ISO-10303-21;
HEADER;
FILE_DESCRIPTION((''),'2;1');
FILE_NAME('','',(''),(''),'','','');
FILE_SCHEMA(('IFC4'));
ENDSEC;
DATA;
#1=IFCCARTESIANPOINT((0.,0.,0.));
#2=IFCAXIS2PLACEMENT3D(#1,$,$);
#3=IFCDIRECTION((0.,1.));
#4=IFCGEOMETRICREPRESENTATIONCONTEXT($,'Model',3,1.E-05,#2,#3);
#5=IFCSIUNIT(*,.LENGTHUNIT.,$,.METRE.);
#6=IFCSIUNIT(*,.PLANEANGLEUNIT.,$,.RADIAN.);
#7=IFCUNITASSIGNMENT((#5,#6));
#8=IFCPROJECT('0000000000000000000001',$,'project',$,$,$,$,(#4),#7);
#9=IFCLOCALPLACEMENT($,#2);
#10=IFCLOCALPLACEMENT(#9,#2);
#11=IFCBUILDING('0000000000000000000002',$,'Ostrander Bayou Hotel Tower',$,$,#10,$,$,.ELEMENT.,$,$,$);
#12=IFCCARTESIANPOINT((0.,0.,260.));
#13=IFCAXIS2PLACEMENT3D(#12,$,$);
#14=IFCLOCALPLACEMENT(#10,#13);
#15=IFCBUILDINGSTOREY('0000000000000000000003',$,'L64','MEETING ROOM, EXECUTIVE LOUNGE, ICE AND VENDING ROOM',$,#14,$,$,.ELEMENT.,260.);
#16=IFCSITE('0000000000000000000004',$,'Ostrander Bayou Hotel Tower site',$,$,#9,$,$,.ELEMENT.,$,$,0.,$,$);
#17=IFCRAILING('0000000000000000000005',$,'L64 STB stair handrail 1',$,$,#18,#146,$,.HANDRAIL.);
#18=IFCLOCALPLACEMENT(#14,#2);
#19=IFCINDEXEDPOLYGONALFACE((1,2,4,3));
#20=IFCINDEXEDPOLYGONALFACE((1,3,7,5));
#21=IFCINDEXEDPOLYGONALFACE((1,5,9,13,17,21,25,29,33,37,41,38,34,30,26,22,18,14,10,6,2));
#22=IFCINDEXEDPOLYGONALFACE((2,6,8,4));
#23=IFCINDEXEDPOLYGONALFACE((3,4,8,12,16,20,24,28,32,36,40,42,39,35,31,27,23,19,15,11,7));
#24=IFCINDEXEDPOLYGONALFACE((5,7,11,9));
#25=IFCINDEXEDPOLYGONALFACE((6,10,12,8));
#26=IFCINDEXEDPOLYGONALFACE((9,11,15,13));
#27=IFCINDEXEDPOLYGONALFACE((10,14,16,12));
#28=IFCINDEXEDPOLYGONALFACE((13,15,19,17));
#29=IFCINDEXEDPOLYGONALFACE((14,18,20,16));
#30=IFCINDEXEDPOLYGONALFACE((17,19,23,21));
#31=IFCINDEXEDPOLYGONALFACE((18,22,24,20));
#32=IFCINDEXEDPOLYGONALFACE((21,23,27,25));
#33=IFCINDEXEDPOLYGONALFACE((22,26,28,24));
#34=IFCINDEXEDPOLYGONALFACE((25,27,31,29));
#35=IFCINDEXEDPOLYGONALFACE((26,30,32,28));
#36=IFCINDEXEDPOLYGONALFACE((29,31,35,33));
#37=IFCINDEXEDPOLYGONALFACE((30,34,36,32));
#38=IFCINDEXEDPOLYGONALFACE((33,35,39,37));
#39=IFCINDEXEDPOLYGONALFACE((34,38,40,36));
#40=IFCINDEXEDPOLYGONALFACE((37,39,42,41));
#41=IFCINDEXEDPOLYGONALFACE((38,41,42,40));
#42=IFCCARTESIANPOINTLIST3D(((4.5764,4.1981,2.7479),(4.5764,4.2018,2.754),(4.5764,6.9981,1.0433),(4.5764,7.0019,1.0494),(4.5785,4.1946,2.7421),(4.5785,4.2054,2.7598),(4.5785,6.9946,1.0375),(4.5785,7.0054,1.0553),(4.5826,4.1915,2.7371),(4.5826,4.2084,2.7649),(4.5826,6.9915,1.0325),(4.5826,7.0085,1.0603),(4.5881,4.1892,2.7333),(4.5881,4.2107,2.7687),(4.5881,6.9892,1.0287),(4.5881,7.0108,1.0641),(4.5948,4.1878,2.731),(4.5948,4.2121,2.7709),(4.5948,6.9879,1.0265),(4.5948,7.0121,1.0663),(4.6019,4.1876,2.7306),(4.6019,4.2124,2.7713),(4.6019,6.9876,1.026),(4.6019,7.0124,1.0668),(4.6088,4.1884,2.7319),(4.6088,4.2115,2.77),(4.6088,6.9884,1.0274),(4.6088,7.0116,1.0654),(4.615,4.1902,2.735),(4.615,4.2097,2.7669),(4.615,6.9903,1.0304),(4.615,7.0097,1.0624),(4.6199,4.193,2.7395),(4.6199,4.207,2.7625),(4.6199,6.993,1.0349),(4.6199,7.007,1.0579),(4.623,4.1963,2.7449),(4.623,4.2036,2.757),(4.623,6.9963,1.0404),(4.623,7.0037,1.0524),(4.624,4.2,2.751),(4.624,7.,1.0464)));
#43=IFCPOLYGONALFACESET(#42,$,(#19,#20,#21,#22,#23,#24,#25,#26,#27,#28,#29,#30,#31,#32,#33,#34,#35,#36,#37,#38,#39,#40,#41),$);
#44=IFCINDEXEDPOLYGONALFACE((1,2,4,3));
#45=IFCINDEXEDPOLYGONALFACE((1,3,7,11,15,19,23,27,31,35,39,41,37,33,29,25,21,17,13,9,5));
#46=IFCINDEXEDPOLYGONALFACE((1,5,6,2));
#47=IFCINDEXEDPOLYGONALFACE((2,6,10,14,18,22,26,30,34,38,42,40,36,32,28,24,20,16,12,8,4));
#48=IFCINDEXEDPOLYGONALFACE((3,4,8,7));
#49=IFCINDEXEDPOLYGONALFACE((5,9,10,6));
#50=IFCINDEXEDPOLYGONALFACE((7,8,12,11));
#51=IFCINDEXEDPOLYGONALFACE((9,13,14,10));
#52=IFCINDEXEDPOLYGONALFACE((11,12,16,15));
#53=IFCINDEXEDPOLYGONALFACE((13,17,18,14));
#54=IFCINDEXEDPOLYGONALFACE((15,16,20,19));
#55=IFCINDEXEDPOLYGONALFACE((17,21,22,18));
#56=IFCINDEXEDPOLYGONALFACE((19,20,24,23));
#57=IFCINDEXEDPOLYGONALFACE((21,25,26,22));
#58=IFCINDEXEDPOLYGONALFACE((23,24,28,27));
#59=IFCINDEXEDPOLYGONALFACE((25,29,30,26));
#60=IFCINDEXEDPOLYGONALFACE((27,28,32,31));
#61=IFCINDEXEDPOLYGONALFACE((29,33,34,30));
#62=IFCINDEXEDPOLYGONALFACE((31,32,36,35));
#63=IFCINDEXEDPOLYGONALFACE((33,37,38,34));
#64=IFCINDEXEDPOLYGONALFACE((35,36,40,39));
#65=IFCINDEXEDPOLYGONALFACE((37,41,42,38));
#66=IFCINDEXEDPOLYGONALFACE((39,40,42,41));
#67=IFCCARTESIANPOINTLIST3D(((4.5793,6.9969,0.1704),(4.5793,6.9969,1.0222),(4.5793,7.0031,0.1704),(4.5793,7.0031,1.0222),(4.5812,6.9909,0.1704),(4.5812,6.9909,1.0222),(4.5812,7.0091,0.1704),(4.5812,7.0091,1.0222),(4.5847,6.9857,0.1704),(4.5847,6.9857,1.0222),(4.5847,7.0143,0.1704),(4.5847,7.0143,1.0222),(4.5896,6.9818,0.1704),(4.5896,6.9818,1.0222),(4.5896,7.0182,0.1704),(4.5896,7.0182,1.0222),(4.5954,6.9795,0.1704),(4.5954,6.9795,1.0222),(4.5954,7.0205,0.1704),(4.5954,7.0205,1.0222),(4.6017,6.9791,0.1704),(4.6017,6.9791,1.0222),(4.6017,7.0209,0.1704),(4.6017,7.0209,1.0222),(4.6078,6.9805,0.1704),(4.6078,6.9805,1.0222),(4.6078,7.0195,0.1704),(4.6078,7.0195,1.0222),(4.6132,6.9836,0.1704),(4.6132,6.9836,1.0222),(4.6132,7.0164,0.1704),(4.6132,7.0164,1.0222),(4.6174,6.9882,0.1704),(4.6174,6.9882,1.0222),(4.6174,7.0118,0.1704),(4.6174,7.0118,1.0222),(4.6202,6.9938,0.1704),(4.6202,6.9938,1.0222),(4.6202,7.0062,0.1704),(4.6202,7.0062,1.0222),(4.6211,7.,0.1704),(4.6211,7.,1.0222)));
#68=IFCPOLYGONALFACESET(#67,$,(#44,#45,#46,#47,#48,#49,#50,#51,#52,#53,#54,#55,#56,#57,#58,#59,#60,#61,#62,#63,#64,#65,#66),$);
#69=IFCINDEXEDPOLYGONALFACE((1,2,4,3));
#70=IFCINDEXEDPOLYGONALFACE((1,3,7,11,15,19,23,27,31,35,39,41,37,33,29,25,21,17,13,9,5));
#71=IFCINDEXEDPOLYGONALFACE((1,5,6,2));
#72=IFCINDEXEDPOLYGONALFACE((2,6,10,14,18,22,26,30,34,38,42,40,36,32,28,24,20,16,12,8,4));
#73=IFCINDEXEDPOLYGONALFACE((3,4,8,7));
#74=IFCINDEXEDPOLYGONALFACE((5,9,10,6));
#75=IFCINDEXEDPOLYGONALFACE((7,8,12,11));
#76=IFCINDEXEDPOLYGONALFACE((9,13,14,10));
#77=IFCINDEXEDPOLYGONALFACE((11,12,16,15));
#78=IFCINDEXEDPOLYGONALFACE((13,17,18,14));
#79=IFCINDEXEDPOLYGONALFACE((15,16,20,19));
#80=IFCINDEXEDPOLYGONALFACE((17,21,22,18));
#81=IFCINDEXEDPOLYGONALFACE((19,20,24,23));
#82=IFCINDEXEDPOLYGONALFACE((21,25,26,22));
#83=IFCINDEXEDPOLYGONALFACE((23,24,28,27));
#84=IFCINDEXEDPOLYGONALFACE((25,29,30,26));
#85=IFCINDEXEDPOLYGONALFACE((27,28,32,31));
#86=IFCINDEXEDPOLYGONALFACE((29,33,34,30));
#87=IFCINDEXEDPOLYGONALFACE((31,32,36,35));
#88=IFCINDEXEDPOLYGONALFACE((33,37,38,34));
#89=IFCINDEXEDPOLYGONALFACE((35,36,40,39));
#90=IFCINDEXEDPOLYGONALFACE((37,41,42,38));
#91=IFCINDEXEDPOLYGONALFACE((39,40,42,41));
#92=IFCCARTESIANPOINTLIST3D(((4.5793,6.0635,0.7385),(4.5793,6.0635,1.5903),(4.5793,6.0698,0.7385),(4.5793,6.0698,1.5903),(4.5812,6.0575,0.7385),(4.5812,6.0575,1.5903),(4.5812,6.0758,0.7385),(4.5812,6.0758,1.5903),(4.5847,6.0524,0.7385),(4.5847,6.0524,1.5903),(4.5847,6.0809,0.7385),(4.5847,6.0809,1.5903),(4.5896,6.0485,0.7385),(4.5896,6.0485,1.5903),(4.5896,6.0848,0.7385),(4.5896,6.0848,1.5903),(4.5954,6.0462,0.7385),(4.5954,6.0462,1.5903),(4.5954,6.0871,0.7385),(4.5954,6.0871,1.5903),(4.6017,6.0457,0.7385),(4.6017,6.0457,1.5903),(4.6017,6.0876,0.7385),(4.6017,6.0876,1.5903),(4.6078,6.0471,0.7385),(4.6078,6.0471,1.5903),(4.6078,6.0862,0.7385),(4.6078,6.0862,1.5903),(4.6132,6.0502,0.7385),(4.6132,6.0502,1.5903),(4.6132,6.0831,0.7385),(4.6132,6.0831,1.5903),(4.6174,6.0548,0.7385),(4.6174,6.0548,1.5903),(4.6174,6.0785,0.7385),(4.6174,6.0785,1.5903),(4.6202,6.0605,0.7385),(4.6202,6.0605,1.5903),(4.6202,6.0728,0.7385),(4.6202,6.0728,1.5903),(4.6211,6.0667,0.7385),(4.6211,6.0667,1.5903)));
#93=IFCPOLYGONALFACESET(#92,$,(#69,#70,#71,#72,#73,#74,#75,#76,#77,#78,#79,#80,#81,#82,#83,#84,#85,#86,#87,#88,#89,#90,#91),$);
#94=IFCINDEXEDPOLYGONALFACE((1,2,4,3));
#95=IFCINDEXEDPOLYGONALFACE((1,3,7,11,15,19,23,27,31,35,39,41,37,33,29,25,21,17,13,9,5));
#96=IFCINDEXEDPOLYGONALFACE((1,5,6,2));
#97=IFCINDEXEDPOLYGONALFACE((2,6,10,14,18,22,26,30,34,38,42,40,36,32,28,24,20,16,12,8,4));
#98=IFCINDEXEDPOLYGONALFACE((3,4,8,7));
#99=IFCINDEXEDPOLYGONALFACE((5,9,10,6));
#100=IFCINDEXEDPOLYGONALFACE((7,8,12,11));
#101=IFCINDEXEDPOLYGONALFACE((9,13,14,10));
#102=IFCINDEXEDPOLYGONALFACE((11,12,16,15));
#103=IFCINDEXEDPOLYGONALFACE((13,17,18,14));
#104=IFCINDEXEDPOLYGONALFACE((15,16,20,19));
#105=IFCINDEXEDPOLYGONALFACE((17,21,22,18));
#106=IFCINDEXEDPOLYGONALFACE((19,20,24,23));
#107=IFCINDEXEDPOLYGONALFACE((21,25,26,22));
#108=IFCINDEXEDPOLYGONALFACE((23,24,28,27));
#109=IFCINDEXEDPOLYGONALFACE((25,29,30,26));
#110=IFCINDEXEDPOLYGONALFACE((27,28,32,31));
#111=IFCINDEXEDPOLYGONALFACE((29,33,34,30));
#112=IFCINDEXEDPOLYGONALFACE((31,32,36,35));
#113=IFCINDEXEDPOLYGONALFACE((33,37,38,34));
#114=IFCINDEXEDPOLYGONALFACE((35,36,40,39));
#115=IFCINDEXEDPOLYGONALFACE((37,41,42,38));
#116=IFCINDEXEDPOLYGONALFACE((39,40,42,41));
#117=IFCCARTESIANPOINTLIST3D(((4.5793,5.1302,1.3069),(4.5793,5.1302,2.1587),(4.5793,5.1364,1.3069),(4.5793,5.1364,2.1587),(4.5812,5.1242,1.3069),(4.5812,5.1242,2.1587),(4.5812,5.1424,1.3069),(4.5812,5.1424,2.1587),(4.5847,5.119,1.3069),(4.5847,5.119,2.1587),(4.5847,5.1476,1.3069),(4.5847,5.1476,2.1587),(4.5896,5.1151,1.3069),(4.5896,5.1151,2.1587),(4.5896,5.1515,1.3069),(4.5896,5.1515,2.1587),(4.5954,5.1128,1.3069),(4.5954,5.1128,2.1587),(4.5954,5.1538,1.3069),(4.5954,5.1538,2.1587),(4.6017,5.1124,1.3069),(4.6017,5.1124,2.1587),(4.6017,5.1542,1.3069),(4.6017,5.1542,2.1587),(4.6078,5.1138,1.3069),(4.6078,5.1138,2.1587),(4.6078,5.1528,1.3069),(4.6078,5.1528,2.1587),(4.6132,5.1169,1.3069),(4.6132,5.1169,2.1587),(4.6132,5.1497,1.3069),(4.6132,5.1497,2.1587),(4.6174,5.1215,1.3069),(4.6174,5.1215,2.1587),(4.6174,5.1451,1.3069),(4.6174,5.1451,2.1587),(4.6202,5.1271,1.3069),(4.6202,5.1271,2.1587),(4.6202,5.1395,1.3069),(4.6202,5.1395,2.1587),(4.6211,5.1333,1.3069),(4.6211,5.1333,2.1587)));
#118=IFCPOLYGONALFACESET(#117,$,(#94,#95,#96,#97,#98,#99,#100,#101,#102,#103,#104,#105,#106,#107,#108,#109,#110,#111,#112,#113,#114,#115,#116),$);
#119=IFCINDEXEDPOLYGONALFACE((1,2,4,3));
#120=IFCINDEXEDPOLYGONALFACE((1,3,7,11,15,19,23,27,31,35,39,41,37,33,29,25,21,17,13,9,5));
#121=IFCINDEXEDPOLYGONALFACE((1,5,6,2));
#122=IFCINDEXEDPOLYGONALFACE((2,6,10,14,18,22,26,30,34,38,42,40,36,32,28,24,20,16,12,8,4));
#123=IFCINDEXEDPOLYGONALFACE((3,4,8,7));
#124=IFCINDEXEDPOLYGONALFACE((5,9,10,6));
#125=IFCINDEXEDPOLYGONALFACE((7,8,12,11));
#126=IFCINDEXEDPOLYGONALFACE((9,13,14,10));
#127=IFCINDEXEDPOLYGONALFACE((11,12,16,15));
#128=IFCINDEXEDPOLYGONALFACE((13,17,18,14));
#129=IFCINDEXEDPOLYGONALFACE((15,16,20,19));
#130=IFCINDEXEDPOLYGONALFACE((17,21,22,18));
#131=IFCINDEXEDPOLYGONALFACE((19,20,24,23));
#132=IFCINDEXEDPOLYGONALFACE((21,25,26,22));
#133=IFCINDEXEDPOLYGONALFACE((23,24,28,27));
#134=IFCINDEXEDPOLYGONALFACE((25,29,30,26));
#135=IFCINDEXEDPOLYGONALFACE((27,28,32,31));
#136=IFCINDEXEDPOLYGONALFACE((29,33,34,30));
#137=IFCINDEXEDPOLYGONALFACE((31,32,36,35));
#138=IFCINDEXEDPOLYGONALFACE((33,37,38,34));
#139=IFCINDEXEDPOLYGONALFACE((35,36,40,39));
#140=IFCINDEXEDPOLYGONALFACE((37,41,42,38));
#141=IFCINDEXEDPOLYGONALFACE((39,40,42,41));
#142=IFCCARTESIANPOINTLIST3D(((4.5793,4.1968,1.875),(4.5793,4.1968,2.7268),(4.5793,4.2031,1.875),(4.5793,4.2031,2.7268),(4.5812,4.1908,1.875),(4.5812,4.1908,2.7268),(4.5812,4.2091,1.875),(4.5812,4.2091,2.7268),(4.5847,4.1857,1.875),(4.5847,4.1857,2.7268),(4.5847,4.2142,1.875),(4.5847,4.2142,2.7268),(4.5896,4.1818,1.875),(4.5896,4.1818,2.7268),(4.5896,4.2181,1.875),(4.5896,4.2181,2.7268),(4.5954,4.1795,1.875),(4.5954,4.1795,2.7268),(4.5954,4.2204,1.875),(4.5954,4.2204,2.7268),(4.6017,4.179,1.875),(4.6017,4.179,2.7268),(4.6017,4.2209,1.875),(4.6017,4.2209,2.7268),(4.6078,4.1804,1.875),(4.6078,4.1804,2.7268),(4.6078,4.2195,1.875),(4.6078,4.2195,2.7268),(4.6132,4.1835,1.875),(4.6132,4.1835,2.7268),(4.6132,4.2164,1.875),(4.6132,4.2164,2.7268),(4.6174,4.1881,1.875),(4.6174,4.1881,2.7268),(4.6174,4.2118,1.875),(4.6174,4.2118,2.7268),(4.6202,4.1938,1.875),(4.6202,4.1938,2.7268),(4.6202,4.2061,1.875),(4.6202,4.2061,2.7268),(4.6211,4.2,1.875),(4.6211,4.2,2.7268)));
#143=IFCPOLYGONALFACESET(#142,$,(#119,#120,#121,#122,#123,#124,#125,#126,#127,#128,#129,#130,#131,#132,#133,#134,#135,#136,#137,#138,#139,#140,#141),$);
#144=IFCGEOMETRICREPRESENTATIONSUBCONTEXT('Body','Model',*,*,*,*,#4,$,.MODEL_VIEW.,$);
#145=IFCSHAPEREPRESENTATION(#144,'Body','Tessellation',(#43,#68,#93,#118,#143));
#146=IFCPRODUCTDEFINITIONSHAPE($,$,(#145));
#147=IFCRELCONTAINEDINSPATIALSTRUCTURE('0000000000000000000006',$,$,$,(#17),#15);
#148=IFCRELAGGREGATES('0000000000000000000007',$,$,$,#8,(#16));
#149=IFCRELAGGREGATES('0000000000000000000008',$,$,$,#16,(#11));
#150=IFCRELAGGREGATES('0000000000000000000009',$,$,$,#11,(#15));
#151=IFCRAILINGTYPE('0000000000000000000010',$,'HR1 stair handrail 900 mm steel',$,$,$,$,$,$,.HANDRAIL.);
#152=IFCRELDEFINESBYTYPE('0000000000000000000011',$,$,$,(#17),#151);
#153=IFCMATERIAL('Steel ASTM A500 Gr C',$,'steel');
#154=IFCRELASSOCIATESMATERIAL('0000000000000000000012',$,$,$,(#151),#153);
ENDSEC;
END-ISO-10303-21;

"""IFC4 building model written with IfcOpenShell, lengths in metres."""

from ifc_helpers import new_model, si_unit, direction, frame, origin, origin_2d, place, context, subcontext, project, spatial, circle, extrude, material, type_object, element, save


model = new_model("IFC4")

# Units and contexts
model_context = context("Model", 3, precision=1e-05, world=origin(), true_north=direction((0.0, 1.0)))
body_context = subcontext(model_context, "Body", "Model", "MODEL_VIEW")
ifc_project = project(units=[si_unit("LENGTHUNIT", "METRE"), si_unit("PLANEANGLEUNIT", "RADIAN")], contexts=[model_context])

# Site, building, storey
site_placement = place(None, origin())
site = spatial("IfcSite", under=ifc_project, at=site_placement, Name="Ostrander Bayou Hotel Tower site", CompositionType="ELEMENT", RefElevation=0.0)
building_placement = place(site_placement, origin())
building = spatial("IfcBuilding", under=site, at=building_placement, Name="Ostrander Bayou Hotel Tower", CompositionType="ELEMENT")
storey_placement = place(building_placement, frame((0.0, 0.0, 260.0)))
storey = spatial("IfcBuildingStorey", under=building, at=storey_placement, Name="L64", Description="MEETING ROOM, EXECUTIVE LOUNGE, ICE AND VENDING ROOM", CompositionType="ELEMENT", Elevation=260.0)

# Railing
ifc_material_1 = material(Name="Steel ASTM A500 Gr C", Category="steel")
railing_type_1 = type_object("IfcRailingType", Name="HR1 stair handrail 900 mm steel", PredefinedType="HANDRAIL", material=ifc_material_1)
railing_1_placement = place(storey_placement, frame((4.6001, 7.0, 0.1704)))
element("IfcRailing", 1, at=railing_1_placement, inside=storey, type_object=railing_type_1, Name="L64 STB stair handrail 1", PredefinedType="HANDRAIL", context=body_context, shape_type="SweptSolid", body=[
    extrude(circle(Radius=0.0239, at=origin_2d()), frame((0.0, 0.0, 0.876), z_axis=(0.0, -0.85417, 0.519994), x_axis=(1.0, 0.0, 0.0)), (0.0, 0.0, 1.0), 3.2781),
    extrude(circle(Radius=0.021, at=origin_2d()), origin(), (0.0, 0.0, 1.0), 0.8518),
    extrude(circle(Radius=0.021, at=origin_2d()), frame((0.0, -0.9333, 0.5681)), (0.0, 0.0, 1.0), 0.8518),
    extrude(circle(Radius=0.021, at=origin_2d()), frame((0.0, -1.8667, 1.1365)), (0.0, 0.0, 1.0), 0.8518),
    extrude(circle(Radius=0.021, at=origin_2d()), frame((0.0, -2.8, 1.7046)), (0.0, 0.0, 1.0), 0.8518),
])

save(model, "model.ifc")
